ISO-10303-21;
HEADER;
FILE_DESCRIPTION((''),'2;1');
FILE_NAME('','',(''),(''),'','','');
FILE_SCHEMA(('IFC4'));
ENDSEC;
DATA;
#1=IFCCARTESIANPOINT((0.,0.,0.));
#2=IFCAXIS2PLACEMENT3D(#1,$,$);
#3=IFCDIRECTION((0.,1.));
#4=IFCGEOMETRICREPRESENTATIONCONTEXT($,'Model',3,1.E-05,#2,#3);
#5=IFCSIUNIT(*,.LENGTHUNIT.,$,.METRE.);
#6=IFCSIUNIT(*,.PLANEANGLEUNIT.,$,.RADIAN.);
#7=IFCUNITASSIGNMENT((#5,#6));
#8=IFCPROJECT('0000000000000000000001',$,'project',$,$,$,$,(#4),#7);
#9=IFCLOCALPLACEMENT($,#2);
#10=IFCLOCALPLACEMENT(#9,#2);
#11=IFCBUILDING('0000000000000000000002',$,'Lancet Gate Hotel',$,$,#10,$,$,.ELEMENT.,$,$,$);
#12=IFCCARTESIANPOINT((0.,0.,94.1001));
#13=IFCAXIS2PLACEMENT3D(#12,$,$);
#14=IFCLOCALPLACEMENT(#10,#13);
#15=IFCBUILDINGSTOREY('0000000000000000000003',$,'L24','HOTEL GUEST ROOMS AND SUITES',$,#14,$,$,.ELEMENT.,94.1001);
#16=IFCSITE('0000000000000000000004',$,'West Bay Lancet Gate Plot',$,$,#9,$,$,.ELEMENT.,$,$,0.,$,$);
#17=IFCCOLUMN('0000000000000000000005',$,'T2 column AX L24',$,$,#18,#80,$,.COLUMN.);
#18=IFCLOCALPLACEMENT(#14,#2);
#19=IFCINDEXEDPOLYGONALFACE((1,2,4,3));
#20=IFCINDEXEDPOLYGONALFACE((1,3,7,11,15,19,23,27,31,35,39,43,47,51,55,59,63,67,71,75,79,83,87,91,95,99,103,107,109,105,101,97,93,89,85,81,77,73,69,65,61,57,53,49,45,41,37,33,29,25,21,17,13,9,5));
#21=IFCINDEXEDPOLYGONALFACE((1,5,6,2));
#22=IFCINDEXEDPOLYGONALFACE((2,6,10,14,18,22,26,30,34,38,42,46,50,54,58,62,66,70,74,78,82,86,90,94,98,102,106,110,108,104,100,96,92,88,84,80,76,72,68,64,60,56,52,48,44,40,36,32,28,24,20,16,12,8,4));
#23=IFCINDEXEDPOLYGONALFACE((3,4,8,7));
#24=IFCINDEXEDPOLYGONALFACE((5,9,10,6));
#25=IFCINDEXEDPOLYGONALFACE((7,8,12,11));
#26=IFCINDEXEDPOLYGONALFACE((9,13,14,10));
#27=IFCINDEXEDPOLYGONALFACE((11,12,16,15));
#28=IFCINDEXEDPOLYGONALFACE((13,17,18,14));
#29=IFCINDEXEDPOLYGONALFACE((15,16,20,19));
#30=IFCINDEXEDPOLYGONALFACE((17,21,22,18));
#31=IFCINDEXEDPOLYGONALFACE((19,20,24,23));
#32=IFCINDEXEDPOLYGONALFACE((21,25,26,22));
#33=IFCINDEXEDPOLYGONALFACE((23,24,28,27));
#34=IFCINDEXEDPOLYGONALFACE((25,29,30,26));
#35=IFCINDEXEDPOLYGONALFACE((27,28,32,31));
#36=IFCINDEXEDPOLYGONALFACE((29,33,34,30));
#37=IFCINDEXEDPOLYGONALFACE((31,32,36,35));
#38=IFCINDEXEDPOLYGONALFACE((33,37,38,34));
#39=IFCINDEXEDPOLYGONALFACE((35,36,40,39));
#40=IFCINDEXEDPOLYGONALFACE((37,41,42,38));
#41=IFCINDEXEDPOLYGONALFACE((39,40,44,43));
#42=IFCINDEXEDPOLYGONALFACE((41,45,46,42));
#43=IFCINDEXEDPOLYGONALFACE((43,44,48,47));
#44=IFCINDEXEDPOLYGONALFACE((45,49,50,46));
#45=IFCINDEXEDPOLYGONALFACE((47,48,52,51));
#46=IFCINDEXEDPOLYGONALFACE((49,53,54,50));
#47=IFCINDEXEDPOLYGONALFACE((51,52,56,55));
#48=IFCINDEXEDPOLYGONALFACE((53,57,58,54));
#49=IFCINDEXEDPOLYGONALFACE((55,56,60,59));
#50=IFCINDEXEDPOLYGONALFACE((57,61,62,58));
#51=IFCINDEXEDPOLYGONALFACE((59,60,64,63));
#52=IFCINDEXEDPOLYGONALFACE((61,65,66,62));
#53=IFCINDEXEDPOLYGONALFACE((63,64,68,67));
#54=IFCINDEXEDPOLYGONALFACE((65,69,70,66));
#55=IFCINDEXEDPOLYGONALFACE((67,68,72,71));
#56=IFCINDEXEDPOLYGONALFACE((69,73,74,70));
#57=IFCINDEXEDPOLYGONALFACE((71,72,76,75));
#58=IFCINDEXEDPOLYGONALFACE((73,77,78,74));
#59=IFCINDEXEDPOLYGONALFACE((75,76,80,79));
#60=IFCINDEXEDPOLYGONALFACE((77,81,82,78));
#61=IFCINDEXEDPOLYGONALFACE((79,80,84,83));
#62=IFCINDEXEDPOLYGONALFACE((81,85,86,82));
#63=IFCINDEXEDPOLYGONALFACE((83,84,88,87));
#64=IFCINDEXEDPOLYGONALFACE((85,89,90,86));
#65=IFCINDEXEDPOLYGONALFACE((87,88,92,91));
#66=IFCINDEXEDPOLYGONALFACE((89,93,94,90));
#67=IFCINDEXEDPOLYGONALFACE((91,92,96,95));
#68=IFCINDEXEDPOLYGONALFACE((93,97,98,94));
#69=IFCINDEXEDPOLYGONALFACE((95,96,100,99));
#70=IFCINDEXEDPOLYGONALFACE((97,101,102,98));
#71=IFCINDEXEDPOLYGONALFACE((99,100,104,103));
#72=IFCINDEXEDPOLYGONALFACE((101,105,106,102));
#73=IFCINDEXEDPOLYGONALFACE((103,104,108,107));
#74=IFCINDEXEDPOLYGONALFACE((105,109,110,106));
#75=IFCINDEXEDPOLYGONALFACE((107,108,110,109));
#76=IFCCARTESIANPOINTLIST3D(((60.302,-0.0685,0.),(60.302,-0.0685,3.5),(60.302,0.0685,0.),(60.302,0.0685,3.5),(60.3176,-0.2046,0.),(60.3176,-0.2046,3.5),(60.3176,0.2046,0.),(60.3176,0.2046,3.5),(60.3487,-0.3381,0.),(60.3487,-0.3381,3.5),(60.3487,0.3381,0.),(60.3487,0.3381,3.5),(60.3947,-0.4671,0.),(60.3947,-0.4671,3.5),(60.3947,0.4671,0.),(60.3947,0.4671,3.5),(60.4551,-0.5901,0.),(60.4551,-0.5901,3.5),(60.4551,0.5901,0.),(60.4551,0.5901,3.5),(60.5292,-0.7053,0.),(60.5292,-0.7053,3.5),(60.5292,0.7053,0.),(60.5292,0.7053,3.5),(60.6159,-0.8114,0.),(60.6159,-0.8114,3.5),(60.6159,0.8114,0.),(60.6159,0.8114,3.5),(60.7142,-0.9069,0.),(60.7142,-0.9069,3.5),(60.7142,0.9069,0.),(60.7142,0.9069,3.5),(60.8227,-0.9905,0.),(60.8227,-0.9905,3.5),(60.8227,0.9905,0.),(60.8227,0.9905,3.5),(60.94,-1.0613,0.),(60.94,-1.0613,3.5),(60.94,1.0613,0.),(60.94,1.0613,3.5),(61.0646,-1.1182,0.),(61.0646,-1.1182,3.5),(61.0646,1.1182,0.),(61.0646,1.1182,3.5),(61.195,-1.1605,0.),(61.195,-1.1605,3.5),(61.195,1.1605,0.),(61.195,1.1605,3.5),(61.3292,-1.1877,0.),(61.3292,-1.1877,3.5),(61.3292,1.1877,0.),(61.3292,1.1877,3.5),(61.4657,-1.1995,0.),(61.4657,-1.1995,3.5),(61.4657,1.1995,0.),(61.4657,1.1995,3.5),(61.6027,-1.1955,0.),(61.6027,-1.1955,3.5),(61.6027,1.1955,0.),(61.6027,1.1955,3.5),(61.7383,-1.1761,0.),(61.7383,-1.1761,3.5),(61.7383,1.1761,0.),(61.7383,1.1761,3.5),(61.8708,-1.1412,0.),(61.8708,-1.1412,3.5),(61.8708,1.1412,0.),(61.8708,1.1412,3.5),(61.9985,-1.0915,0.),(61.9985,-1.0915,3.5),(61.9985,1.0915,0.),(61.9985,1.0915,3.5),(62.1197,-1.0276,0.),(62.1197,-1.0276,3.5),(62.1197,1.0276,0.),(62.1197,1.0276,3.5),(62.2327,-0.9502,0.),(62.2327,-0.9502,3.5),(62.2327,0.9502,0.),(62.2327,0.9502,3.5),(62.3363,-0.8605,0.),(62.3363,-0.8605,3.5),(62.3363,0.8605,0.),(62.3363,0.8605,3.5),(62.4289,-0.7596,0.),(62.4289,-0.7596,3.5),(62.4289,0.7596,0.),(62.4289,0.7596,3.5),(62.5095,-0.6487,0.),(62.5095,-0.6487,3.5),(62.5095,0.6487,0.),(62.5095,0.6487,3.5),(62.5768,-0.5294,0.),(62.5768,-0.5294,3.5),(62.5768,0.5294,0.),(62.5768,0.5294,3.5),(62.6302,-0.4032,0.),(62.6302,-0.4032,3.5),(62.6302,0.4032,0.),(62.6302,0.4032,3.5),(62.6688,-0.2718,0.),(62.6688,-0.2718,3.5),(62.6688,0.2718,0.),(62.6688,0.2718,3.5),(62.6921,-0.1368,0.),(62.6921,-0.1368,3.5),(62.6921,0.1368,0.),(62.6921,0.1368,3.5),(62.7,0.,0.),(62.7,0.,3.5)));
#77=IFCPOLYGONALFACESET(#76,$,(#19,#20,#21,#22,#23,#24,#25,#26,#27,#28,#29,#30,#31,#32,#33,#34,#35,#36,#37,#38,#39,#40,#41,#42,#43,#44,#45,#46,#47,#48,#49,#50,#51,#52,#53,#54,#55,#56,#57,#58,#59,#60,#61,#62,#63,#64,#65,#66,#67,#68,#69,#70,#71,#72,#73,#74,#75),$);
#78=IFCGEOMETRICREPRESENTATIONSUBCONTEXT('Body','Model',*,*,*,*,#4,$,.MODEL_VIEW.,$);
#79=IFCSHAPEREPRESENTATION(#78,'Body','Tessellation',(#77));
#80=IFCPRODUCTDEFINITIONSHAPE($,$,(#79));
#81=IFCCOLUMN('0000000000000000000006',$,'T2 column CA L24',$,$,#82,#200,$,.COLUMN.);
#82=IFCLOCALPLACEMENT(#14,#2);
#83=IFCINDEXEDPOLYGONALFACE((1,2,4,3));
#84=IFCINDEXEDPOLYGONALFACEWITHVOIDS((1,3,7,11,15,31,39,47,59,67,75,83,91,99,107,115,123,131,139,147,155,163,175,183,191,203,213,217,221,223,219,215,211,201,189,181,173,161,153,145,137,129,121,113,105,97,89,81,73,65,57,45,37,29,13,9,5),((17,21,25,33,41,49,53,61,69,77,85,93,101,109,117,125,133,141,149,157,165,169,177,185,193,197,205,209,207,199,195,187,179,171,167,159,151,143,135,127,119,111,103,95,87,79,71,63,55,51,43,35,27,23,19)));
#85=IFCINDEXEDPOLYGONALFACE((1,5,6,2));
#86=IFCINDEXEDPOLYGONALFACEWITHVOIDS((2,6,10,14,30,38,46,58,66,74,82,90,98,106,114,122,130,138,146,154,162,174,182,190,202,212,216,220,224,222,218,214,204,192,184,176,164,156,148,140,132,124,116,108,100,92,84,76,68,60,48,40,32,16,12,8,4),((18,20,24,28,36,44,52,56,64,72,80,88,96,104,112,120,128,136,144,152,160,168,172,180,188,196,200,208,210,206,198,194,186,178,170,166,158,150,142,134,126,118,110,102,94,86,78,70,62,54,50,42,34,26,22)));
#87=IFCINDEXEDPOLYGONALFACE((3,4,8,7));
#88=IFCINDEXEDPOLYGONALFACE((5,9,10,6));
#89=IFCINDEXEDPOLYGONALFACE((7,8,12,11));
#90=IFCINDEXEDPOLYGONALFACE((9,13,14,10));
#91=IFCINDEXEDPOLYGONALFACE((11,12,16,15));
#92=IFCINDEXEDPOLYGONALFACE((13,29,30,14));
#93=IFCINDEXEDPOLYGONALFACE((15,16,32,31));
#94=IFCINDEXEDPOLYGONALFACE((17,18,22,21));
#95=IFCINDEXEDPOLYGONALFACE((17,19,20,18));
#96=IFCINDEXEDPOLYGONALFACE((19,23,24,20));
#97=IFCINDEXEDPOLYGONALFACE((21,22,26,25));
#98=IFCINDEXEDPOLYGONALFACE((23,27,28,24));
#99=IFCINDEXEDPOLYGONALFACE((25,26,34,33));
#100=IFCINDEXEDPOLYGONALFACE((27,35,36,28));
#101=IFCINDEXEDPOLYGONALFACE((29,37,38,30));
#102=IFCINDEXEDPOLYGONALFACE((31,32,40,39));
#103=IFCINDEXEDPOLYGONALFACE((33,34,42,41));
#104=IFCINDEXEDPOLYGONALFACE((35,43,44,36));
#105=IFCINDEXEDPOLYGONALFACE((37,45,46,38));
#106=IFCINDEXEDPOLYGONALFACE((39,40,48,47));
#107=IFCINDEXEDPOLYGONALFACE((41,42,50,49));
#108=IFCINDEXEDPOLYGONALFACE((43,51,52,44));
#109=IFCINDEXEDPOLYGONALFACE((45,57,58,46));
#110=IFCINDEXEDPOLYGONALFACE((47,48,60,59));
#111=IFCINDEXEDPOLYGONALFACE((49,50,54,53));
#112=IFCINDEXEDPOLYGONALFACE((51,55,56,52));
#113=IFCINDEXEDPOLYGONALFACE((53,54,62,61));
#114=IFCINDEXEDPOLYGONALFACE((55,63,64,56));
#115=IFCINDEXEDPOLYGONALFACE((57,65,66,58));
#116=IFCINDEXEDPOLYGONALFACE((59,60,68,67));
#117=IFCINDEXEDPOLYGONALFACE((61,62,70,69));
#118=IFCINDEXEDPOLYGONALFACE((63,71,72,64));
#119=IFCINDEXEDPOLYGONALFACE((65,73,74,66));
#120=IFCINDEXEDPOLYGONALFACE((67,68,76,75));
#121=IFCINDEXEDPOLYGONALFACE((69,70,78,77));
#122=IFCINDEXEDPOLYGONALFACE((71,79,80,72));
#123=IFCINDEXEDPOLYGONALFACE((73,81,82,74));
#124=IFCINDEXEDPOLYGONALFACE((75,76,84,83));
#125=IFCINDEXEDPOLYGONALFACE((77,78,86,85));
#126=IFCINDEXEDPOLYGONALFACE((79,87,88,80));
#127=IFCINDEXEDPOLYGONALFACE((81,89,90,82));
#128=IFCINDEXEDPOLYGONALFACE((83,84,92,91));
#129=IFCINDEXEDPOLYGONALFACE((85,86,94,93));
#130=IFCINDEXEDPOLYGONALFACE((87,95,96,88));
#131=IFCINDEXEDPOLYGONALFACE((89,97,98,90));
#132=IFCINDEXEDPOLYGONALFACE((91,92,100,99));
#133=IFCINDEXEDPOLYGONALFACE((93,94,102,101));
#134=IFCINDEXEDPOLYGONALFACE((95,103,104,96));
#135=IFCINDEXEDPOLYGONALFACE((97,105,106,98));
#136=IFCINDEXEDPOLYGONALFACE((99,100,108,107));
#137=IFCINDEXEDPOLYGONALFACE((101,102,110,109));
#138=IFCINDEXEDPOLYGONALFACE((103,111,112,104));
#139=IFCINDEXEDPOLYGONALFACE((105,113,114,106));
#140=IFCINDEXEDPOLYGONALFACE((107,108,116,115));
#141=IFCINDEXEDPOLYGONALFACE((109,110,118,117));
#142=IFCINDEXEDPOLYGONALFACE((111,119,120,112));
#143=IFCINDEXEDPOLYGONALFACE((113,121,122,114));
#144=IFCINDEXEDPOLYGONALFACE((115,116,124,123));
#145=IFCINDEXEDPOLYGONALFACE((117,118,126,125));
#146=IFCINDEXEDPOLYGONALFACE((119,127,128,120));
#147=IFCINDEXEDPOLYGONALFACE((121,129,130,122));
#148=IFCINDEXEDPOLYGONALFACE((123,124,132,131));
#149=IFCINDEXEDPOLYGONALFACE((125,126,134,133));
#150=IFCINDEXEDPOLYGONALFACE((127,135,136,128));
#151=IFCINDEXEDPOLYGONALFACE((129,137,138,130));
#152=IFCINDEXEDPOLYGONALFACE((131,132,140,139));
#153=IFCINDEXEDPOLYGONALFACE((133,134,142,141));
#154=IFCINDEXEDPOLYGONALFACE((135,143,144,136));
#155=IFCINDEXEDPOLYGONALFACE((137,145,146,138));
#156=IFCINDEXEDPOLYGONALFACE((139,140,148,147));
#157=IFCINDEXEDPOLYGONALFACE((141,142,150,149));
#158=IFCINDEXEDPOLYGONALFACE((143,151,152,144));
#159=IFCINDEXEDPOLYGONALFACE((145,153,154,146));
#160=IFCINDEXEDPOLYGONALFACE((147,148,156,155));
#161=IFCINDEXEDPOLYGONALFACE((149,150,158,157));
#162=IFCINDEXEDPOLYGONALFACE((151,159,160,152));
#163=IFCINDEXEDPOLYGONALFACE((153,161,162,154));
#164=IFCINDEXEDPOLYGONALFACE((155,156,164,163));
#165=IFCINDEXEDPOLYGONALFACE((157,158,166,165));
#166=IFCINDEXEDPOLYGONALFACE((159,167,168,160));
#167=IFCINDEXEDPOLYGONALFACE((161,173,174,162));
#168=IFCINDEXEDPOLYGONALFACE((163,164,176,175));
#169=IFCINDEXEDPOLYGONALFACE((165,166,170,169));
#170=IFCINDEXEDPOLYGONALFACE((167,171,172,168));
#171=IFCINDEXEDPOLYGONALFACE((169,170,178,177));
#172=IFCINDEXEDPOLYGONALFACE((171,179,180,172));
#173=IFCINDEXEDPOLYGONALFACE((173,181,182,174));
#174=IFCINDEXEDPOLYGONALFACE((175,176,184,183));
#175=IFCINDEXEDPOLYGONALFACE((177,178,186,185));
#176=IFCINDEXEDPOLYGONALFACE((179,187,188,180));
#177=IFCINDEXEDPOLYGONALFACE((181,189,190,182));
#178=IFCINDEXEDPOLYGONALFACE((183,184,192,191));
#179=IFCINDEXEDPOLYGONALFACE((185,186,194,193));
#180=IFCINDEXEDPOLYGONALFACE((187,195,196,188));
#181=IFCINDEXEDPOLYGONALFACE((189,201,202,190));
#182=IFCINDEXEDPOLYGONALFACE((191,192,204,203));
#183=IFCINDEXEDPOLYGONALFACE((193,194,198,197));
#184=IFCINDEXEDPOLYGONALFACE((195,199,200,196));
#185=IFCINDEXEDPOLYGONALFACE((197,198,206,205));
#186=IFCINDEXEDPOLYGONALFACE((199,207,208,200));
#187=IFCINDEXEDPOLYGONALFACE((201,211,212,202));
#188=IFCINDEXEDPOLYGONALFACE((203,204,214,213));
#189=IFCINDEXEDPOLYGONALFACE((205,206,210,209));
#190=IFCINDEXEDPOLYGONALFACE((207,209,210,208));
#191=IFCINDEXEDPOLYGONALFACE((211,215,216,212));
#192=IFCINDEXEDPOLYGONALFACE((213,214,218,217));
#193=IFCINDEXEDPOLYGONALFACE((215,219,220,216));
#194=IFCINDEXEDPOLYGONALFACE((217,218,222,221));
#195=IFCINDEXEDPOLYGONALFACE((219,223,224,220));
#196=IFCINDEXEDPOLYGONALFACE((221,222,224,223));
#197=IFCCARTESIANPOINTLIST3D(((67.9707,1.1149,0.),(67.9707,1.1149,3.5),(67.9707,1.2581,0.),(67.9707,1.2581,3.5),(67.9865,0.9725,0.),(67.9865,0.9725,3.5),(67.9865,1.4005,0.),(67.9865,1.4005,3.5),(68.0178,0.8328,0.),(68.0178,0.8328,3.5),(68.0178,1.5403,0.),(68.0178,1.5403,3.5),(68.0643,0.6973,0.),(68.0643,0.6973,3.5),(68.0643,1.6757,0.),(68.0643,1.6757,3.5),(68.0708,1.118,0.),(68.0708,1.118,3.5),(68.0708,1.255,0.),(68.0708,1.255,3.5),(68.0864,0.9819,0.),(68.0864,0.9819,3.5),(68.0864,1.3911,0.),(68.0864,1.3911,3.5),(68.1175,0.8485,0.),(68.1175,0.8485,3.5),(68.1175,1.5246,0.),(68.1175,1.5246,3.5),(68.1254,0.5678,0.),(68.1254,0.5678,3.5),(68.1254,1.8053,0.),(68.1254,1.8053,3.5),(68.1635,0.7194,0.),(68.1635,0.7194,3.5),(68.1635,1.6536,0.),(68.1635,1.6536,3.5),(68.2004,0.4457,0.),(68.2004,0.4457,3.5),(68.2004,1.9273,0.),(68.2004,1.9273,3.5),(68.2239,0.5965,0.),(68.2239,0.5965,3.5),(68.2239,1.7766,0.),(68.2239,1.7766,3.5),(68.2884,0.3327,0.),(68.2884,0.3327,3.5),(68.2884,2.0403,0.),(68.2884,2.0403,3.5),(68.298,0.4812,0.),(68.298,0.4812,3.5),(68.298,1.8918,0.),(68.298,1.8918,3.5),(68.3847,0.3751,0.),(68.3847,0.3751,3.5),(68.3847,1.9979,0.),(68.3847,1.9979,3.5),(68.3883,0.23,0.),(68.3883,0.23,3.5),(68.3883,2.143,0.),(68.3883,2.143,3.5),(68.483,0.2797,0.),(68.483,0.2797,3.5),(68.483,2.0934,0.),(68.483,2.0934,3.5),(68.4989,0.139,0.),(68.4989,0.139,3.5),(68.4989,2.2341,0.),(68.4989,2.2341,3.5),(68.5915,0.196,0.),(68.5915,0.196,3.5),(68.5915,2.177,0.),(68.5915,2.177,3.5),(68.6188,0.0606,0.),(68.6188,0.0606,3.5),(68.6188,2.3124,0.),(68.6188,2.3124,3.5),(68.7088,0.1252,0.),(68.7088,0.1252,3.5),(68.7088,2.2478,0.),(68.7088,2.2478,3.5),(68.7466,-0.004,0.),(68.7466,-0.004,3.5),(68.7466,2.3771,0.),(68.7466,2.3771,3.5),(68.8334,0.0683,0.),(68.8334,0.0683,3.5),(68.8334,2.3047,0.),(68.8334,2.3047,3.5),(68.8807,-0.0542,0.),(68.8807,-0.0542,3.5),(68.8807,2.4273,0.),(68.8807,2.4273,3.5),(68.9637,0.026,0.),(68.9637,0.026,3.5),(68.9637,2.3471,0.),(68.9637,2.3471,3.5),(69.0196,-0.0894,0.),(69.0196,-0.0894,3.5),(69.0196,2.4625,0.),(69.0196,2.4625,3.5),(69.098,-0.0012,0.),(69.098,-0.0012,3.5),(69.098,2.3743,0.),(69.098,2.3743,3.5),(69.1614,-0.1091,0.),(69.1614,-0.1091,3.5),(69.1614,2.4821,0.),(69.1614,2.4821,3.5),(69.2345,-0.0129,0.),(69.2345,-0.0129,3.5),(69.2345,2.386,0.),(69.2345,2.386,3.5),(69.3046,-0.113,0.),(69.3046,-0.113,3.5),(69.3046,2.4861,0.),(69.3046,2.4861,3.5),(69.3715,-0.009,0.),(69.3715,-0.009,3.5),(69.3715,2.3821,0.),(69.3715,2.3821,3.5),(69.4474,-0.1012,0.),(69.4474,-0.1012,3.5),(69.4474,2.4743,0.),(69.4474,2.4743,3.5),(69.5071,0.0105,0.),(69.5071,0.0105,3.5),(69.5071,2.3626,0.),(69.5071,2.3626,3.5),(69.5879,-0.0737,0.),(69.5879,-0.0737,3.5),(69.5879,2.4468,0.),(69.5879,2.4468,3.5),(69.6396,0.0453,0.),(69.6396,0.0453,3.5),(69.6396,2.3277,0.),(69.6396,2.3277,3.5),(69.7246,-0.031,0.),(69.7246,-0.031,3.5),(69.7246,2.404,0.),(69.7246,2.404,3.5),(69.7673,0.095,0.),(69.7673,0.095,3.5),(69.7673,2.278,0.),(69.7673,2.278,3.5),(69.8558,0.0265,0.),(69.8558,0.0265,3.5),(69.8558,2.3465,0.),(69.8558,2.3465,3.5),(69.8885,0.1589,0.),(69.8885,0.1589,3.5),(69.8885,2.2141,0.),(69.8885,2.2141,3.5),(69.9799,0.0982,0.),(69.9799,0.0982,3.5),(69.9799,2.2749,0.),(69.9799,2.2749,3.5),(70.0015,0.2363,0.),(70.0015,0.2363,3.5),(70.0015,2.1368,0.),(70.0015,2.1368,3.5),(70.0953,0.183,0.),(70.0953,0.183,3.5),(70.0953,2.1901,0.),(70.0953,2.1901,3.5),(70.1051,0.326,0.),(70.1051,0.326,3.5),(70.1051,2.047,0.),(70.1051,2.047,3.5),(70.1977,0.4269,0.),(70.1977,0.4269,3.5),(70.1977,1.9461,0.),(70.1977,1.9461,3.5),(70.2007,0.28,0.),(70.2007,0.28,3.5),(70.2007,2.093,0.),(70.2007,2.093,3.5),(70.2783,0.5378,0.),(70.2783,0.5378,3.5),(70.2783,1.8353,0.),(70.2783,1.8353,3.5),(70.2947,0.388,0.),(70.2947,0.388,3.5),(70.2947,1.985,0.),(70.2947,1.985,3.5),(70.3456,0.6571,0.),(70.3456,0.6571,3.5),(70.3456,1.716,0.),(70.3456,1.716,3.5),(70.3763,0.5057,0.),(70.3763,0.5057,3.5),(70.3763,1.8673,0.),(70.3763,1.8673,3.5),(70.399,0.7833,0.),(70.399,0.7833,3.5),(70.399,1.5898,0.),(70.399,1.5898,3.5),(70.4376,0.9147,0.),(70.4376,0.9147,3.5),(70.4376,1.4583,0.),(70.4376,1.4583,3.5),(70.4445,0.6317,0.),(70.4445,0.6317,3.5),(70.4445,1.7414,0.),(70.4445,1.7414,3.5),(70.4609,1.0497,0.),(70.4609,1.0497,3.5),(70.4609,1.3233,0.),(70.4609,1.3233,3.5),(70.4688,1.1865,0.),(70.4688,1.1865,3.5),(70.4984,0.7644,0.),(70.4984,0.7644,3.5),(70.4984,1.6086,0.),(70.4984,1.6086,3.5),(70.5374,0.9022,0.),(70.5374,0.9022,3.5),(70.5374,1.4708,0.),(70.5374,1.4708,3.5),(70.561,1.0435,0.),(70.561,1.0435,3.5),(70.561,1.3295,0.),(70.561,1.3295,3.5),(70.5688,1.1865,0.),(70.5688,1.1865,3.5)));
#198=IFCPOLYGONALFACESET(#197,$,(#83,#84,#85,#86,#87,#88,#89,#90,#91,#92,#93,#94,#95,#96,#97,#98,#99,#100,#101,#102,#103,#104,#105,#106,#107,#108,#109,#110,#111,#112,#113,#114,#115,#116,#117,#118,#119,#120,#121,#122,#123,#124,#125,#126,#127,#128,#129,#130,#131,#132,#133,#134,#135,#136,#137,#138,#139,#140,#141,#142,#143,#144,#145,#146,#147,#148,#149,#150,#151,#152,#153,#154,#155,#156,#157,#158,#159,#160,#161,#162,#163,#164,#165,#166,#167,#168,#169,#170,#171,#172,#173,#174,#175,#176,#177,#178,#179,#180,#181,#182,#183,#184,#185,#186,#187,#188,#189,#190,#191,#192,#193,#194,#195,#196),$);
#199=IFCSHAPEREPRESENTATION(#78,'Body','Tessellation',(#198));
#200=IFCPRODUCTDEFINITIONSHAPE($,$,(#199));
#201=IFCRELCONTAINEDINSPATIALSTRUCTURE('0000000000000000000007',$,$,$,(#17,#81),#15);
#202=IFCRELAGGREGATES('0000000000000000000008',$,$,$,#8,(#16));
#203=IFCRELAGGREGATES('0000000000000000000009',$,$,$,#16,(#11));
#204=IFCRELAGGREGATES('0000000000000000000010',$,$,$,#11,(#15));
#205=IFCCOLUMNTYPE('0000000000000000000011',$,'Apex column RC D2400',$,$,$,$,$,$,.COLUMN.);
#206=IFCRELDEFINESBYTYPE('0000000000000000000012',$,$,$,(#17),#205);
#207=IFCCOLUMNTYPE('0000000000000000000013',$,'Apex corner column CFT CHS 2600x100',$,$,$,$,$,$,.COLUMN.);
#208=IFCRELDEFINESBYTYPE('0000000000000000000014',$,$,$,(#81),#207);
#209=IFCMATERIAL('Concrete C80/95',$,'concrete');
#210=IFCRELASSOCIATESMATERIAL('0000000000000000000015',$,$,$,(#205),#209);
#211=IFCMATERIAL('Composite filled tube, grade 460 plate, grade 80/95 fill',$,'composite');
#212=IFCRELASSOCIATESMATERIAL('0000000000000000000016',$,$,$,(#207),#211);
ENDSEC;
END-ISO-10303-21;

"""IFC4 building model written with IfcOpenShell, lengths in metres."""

from ifc_helpers import new_model, si_unit, direction, frame, origin, origin_2d, place, context, subcontext, project, spatial, circle, hollow_circle, extrude, material, material_profile, profile_set, type_object, element, save


model = new_model("IFC4")

# Units and contexts
model_context = context("Model", 3, precision=1e-05, world=origin(), true_north=direction((0.0, 1.0)))
body_context = subcontext(model_context, "Body", "Model", "MODEL_VIEW")
ifc_project = project(units=[si_unit("LENGTHUNIT", "METRE"), si_unit("PLANEANGLEUNIT", "RADIAN")], contexts=[model_context])

# Site, building, storey
site_placement = place(None, origin())
site = spatial("IfcSite", under=ifc_project, at=site_placement, Name="West Bay Lancet Gate Plot", CompositionType="ELEMENT", RefElevation=0.0)
building_placement = place(site_placement, origin())
building = spatial("IfcBuilding", under=site, at=building_placement, Name="Lancet Gate Hotel", CompositionType="ELEMENT")
storey_placement = place(building_placement, frame((0.0, 0.0, 94.1001)))
storey = spatial("IfcBuildingStorey", under=building, at=storey_placement, Name="L24", Description="HOTEL GUEST ROOMS AND SUITES", CompositionType="ELEMENT", Elevation=94.1001)

# Columns
ifc_material_1 = material(Name="Concrete C80/95", Category="concrete")
ifc_material_profile_1 = material_profile(ifc_material_1, circle(Radius=1.2, at=origin_2d()), Name="RC D2400")
ifc_profile_set_1 = profile_set([ifc_material_profile_1], Name="Concrete C80/95")
column_type_1 = type_object("IfcColumnType", Name="Apex column RC D2400", PredefinedType="COLUMN", material=ifc_profile_set_1)
column_1_placement = place(storey_placement, frame((61.5, 0.0, 0.0), z_axis=(0.0, 0.0, 1.0), x_axis=(1.0, 0.0, 0.0)))
element("IfcColumn", 1, at=column_1_placement, inside=storey, type_object=column_type_1, Name="T2 column AX L24", PredefinedType="COLUMN", context=body_context, shape_type="SweptSolid", body=[
    extrude(circle(Radius=1.2, at=origin_2d()), origin(), (0.0, 0.0, 1.0), 3.5),
])
ifc_material_2 = material(Name="Composite filled tube, grade 460 plate, grade 80/95 fill", Category="composite")
ifc_material_profile_2 = material_profile(ifc_material_2, hollow_circle(Radius=1.3, WallThickness=0.1001, at=origin_2d()), Name="CHS 2600x100")
ifc_profile_set_2 = profile_set([ifc_material_profile_2], Name="Composite filled tube, grade 460 plate, grade 80/95 fill")
column_type_2 = type_object("IfcColumnType", Name="Apex corner column CFT CHS 2600x100", PredefinedType="COLUMN", material=ifc_profile_set_2)
column_2_placement = place(storey_placement, frame((69.2688, 1.1865, 0.0), z_axis=(0.0, 0.0, 1.0), x_axis=(1.0, 0.0, 0.0)))
element("IfcColumn", 2, at=column_2_placement, inside=storey, type_object=column_type_2, Name="T2 column CA L24", PredefinedType="COLUMN", context=body_context, shape_type="SweptSolid", body=[
    extrude(hollow_circle(Radius=1.3, WallThickness=0.1001, at=origin_2d()), origin(), (0.0, 0.0, 1.0), 3.5),
])

save(model, "model.ifc")
